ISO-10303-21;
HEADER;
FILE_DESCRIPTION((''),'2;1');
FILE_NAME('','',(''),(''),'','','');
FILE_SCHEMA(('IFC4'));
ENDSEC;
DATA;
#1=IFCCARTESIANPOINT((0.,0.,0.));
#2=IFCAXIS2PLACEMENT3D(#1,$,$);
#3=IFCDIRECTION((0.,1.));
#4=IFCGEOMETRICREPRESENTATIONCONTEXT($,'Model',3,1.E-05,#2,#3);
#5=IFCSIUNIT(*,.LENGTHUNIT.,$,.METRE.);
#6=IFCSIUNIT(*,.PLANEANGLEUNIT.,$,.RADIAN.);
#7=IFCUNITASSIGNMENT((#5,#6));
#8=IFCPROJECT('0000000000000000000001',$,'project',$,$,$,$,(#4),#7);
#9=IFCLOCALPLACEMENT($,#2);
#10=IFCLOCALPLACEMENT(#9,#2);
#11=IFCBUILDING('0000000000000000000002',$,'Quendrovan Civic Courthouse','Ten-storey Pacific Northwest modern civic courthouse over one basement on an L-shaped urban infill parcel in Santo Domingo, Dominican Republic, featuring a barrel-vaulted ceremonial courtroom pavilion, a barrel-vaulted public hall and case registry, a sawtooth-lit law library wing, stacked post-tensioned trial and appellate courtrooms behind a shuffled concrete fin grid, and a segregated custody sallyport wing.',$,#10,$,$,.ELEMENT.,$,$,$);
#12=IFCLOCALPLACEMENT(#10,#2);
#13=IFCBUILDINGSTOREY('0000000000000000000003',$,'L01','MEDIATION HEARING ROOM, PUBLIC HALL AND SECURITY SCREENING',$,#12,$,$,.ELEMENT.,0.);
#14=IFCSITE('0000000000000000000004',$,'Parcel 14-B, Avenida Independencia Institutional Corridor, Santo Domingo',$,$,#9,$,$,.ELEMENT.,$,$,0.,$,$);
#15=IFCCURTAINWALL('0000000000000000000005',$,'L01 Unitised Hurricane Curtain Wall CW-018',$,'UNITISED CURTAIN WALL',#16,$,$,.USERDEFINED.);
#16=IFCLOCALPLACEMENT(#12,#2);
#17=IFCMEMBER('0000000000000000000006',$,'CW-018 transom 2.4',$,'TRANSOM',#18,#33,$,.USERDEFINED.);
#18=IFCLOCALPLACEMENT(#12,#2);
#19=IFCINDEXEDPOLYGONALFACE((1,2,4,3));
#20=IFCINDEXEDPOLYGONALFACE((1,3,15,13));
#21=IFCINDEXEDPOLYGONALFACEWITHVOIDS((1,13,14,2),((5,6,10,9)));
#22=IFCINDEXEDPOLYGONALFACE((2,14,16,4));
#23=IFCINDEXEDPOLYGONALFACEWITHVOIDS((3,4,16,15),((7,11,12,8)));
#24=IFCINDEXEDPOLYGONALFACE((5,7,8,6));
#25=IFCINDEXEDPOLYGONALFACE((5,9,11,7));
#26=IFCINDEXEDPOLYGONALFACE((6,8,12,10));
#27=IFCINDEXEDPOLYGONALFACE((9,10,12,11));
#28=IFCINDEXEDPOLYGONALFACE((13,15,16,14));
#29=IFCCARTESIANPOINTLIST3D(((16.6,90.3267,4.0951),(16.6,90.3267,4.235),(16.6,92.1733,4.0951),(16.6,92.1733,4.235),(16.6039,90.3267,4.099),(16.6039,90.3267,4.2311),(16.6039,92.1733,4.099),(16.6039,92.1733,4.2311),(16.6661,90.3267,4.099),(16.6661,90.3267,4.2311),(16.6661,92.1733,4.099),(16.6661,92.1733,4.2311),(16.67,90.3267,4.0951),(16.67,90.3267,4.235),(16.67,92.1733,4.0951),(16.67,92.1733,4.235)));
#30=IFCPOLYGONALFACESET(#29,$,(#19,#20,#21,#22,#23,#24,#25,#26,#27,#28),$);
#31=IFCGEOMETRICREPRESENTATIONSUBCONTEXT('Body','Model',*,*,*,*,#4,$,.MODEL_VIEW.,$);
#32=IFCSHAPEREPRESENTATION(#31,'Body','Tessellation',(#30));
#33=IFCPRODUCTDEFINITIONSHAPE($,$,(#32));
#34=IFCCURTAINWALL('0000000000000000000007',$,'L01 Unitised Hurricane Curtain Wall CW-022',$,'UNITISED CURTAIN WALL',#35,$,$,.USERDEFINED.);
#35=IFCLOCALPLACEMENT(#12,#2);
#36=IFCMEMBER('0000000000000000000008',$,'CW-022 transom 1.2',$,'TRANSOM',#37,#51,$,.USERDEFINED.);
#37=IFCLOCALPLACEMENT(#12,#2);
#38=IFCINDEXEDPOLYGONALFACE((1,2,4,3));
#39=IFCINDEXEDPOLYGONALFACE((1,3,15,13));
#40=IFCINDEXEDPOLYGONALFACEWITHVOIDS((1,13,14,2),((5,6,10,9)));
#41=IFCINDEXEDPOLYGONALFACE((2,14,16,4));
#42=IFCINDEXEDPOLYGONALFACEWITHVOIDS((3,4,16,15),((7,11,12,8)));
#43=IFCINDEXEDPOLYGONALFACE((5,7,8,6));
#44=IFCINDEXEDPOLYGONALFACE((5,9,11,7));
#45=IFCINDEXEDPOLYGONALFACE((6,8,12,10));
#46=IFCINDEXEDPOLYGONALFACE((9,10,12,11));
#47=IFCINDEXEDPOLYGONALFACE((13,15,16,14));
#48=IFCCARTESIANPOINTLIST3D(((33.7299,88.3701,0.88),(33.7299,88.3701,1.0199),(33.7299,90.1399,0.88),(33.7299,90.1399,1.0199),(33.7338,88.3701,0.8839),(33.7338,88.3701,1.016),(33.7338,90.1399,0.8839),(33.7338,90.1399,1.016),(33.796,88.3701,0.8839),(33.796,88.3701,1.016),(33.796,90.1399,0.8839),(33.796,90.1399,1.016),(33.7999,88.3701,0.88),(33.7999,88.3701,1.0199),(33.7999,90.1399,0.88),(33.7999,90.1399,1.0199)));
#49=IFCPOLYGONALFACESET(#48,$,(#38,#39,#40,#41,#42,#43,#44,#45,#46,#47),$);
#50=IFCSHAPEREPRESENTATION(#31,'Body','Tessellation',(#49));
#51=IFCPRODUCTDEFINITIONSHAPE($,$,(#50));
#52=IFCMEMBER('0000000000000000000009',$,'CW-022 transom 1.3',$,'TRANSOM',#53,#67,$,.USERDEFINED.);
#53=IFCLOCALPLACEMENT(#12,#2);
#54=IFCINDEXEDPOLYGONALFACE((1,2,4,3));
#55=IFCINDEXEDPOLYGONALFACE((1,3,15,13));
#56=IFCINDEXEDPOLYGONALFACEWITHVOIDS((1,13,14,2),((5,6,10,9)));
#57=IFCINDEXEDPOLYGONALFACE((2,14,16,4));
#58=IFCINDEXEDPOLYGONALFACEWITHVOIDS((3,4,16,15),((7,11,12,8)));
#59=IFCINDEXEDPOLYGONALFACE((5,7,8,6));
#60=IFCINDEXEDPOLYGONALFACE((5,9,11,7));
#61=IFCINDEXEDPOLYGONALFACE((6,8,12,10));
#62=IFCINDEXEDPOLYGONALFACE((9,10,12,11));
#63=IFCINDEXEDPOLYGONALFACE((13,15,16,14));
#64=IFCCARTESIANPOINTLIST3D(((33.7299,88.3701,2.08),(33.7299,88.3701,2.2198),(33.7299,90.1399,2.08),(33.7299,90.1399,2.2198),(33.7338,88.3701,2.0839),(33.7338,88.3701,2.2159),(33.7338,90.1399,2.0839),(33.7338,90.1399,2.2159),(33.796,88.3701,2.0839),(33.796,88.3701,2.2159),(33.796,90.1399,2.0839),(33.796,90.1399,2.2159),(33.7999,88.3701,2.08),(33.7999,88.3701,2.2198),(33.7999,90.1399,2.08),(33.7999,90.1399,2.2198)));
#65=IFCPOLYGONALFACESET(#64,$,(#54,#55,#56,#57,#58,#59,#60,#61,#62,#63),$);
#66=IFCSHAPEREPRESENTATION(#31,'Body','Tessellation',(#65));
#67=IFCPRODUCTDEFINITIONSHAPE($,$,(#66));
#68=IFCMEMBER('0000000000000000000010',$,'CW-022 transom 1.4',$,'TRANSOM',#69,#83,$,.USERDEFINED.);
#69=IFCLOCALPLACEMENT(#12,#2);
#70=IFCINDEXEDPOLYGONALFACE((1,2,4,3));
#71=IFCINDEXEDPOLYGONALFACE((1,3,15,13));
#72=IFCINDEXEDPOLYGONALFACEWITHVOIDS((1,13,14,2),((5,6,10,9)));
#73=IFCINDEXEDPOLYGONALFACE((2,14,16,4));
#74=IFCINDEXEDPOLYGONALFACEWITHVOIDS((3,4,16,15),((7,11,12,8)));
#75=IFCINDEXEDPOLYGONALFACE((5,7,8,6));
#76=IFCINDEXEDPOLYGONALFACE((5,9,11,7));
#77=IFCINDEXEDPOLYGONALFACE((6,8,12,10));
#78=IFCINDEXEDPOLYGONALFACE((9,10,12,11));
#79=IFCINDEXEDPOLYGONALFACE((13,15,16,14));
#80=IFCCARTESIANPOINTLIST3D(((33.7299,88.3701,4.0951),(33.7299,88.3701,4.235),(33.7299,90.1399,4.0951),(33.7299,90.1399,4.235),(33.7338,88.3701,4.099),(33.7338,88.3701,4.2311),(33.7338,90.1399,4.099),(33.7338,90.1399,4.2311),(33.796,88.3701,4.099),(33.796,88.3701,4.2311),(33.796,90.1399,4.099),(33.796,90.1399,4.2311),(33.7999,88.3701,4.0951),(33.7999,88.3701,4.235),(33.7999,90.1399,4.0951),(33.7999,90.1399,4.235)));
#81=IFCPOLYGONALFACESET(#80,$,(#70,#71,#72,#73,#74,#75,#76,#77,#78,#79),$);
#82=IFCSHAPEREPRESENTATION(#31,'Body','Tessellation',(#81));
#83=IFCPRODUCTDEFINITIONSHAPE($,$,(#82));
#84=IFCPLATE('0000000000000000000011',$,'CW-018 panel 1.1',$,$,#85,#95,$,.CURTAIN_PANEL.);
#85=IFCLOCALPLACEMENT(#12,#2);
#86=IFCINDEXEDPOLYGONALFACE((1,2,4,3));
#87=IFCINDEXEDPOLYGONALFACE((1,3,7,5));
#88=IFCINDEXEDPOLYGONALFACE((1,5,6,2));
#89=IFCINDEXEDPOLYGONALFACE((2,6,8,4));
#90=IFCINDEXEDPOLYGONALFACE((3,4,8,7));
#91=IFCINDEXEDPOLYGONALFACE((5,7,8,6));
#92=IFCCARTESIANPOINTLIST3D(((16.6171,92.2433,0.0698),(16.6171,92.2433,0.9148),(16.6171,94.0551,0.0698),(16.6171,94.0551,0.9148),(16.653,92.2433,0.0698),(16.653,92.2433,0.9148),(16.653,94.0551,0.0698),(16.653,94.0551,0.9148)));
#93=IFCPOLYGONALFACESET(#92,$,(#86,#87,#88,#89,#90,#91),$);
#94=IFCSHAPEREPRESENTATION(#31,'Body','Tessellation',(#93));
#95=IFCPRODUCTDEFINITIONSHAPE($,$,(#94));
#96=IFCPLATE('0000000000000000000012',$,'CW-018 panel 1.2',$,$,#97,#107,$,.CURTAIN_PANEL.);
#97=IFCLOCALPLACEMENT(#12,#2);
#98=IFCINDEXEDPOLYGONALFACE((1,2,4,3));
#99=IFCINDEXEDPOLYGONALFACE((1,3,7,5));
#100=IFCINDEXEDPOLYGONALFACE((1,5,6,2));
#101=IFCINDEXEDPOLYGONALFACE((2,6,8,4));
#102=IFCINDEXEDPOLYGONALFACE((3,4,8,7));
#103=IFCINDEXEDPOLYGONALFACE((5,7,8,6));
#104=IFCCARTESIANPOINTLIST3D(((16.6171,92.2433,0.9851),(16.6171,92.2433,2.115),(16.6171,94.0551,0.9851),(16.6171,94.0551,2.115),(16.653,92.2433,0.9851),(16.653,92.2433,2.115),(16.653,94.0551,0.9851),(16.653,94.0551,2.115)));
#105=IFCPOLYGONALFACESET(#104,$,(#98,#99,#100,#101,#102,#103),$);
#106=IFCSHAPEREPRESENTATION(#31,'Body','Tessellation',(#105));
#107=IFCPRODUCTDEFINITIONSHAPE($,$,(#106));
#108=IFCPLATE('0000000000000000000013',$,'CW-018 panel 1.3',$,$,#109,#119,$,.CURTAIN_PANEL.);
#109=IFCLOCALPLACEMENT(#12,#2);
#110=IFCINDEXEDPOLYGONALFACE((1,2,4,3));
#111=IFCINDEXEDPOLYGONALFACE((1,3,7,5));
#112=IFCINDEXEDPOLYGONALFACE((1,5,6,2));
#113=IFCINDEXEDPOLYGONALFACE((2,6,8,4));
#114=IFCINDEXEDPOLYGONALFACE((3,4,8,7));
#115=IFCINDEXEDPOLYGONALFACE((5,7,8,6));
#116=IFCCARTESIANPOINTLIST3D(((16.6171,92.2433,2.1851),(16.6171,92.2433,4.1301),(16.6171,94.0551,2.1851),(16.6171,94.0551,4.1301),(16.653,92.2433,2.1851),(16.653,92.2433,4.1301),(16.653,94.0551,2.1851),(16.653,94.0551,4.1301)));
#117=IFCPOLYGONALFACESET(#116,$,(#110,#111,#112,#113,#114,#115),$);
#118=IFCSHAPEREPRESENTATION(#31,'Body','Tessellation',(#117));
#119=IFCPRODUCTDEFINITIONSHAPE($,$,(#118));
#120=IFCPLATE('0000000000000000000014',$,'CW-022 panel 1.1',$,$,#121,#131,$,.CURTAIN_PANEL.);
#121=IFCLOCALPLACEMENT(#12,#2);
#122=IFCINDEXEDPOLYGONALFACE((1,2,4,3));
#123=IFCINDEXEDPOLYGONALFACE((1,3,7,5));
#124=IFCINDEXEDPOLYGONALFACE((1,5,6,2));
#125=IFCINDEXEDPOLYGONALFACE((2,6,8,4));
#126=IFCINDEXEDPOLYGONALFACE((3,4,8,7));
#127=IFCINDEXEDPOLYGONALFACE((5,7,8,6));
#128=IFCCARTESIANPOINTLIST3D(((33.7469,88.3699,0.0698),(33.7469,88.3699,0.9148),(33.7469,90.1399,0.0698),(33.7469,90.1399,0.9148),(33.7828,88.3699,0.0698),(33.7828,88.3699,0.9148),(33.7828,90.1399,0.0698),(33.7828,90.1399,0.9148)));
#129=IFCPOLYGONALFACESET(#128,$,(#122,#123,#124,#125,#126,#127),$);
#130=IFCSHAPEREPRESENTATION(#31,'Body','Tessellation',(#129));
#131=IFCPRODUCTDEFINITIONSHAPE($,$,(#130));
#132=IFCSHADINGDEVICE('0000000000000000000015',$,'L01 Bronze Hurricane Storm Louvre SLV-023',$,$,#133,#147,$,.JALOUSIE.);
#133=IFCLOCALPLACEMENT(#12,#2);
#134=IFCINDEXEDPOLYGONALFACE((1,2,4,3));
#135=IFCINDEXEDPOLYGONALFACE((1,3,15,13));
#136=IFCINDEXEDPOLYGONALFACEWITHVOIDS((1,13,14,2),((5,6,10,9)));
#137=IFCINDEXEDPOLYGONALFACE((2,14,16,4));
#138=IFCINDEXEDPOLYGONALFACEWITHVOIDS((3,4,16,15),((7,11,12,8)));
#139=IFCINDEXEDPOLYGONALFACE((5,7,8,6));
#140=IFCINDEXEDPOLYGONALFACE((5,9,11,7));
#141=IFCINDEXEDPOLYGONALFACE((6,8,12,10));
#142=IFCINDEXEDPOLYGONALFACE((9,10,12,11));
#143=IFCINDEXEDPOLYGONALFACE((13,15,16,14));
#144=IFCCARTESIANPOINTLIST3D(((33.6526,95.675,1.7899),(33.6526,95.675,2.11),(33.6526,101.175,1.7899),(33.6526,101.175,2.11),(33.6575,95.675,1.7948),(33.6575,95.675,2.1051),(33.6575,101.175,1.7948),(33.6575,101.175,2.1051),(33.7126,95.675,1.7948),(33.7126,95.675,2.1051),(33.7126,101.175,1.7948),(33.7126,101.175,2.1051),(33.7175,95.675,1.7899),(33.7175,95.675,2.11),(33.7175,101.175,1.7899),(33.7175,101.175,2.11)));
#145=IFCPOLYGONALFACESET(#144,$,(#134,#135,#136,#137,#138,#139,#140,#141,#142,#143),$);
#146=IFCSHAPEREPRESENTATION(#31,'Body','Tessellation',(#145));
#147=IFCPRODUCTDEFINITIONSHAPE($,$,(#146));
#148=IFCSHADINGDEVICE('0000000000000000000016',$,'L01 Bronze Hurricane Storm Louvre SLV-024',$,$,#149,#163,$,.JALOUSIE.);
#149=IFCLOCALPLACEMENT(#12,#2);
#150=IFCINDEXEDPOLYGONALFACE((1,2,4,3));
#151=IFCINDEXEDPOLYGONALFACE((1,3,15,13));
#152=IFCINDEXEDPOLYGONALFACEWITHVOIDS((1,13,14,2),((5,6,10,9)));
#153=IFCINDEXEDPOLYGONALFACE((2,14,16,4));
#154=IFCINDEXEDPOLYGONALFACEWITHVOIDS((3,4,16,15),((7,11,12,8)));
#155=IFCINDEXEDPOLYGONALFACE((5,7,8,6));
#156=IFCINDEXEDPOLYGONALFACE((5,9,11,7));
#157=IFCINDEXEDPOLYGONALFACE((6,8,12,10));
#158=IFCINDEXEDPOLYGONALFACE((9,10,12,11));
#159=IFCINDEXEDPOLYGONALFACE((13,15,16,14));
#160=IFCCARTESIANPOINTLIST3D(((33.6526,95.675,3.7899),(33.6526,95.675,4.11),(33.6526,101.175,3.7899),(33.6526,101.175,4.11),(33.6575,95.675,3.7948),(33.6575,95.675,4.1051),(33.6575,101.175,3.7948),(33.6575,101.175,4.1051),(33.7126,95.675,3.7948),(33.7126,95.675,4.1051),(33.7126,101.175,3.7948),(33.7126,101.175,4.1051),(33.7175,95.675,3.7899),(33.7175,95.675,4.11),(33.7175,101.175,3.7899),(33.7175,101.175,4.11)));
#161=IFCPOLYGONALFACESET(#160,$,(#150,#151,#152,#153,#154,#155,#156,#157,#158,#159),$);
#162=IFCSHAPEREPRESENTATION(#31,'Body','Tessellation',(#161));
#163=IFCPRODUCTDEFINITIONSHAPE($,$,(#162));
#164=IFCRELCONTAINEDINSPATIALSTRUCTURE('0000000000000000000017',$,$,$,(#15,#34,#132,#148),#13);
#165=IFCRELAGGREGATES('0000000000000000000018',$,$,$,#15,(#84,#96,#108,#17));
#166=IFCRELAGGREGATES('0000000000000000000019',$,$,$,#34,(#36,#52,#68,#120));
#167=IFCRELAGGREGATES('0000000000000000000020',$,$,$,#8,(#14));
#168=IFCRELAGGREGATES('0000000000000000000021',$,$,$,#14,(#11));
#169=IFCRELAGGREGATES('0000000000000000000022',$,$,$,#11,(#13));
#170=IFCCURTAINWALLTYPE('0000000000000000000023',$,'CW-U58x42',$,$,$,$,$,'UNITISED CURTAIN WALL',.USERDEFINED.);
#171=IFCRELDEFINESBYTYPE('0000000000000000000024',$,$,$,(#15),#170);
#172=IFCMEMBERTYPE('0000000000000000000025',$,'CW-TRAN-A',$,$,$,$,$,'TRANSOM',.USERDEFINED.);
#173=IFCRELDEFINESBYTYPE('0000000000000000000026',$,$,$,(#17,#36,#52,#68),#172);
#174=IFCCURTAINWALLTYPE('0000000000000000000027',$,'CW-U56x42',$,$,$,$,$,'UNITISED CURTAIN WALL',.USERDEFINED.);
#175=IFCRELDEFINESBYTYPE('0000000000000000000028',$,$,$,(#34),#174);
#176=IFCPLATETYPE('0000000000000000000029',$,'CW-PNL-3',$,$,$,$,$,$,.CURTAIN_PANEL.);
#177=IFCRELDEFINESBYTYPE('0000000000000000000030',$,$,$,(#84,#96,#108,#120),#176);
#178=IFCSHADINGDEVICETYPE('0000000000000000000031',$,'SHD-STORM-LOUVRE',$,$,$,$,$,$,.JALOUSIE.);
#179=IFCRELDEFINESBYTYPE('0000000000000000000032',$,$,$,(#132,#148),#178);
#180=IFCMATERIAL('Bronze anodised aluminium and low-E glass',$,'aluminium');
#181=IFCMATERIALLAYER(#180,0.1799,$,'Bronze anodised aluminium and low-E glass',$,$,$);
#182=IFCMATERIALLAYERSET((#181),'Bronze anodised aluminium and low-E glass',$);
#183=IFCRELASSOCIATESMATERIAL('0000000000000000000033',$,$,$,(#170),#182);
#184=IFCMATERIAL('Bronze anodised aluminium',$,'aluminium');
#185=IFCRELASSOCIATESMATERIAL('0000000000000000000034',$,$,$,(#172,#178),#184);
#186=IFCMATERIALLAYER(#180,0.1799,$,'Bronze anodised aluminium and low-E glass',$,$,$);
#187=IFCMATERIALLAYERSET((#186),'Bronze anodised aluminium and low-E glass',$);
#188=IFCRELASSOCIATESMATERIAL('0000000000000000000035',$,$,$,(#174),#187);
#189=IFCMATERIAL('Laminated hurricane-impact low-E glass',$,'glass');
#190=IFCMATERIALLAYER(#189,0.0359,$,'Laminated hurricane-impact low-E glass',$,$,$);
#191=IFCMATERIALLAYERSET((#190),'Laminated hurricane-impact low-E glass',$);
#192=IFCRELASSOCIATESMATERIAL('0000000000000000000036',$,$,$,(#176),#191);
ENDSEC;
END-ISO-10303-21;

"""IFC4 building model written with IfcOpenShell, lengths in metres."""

from ifc_helpers import new_model, si_unit, direction, frame, origin, origin_2d, place, context, subcontext, project, spatial, rectangle, hollow_rectangle, extrude, material, layer, layer_set, material_profile, profile_set, type_object, element, aggregate, save


model = new_model("IFC4")

# Units and contexts
model_context = context("Model", 3, precision=1e-05, world=origin(), true_north=direction((0.0, 1.0)))
body_context = subcontext(model_context, "Body", "Model", "MODEL_VIEW")
ifc_project = project(units=[si_unit("LENGTHUNIT", "METRE"), si_unit("PLANEANGLEUNIT", "RADIAN")], contexts=[model_context])

# Site, building, storey
site_placement = place(None, origin())
site = spatial("IfcSite", under=ifc_project, at=site_placement, Name="Parcel 14-B, Avenida Independencia Institutional Corridor, Santo Domingo", CompositionType="ELEMENT", RefElevation=0.0)
building_placement = place(site_placement, origin())
building = spatial("IfcBuilding", under=site, at=building_placement, Name="Quendrovan Civic Courthouse", Description="Ten-storey Pacific Northwest modern civic courthouse over one basement on an L-shaped urban infill parcel in Santo Domingo, Dominican Republic, featuring a barrel-vaulted ceremonial courtroom pavilion, a barrel-vaulted public hall and case registry, a sawtooth-lit law library wing, stacked post-tensioned trial and appellate courtrooms behind a shuffled concrete fin grid, and a segregated custody sallyport wing.", CompositionType="ELEMENT")
storey_placement = place(building_placement, origin())
storey = spatial("IfcBuildingStorey", under=building, at=storey_placement, Name="L01", Description="MEDIATION HEARING ROOM, PUBLIC HALL AND SECURITY SCREENING", CompositionType="ELEMENT", Elevation=0.0)

# Curtain walls, members
ifc_material_1 = material(Name="Bronze anodised aluminium and low-E glass", Category="aluminium")
ifc_layer_1 = layer(ifc_material_1, 0.1799, Name="Bronze anodised aluminium and low-E glass")
ifc_layer_set_1 = layer_set([ifc_layer_1], Name="Bronze anodised aluminium and low-E glass")
curtain_wall_type_1 = type_object("IfcCurtainWallType", Name="CW-U58x42", ElementType="UNITISED CURTAIN WALL", PredefinedType="USERDEFINED", material=ifc_layer_set_1)
curtain_wall_1_placement = place(storey_placement, origin())
curtain_wall_1 = element("IfcCurtainWall", 1, at=curtain_wall_1_placement, inside=storey, type_object=curtain_wall_type_1, Name="L01 Unitised Hurricane Curtain Wall CW-018", ObjectType="UNITISED CURTAIN WALL", PredefinedType="USERDEFINED")
ifc_material_2 = material(Name="Bronze anodised aluminium", Category="aluminium")
ifc_material_profile_1 = material_profile(ifc_material_2, hollow_rectangle(XDim=0.0701, YDim=0.1399, WallThickness=0.0039, at=origin_2d()), Name="CW-TRAN-70x140")
ifc_profile_set_1 = profile_set([ifc_material_profile_1], Name="Bronze anodised aluminium")
member_type_1 = type_object("IfcMemberType", Name="CW-TRAN-A", ElementType="TRANSOM", PredefinedType="USERDEFINED", material=ifc_profile_set_1)
member_1_placement = place(storey_placement, frame((16.635, 92.1733, 4.165), z_axis=(0.0, -1.0, 0.0), x_axis=(1.0, 0.0, 0.0)))
member_1 = element("IfcMember", 2, at=member_1_placement, type_object=member_type_1, Name="CW-018 transom 2.4", ObjectType="TRANSOM", PredefinedType="USERDEFINED", context=body_context, shape_type="SweptSolid", body=[
    extrude(hollow_rectangle(XDim=0.0701, YDim=0.1399, WallThickness=0.0039, at=origin_2d()), origin(), (0.0, 0.0, 1.0), 1.8467),
])
ifc_layer_2 = layer(ifc_material_1, 0.1799, Name="Bronze anodised aluminium and low-E glass")
ifc_layer_set_2 = layer_set([ifc_layer_2], Name="Bronze anodised aluminium and low-E glass")
curtain_wall_type_2 = type_object("IfcCurtainWallType", Name="CW-U56x42", ElementType="UNITISED CURTAIN WALL", PredefinedType="USERDEFINED", material=ifc_layer_set_2)
curtain_wall_2_placement = place(storey_placement, origin())
curtain_wall_2 = element("IfcCurtainWall", 3, at=curtain_wall_2_placement, inside=storey, type_object=curtain_wall_type_2, Name="L01 Unitised Hurricane Curtain Wall CW-022", ObjectType="UNITISED CURTAIN WALL", PredefinedType="USERDEFINED")
member_2_placement = place(storey_placement, frame((33.7649, 88.3701, 0.95), z_axis=(0.0, 1.0, 0.0), x_axis=(-1.0, 0.0, 0.0)))
member_2 = element("IfcMember", 4, at=member_2_placement, type_object=member_type_1, Name="CW-022 transom 1.2", ObjectType="TRANSOM", PredefinedType="USERDEFINED", context=body_context, shape_type="SweptSolid", body=[
    extrude(hollow_rectangle(XDim=0.0701, YDim=0.1399, WallThickness=0.0039, at=origin_2d()), origin(), (0.0, 0.0, 1.0), 1.7698),
])
member_3_placement = place(storey_placement, frame((33.7649, 88.3701, 2.1499), z_axis=(0.0, 1.0, 0.0), x_axis=(-1.0, 0.0, 0.0)))
member_3 = element("IfcMember", 5, at=member_3_placement, type_object=member_type_1, Name="CW-022 transom 1.3", ObjectType="TRANSOM", PredefinedType="USERDEFINED", context=body_context, shape_type="SweptSolid", body=[
    extrude(hollow_rectangle(XDim=0.0701, YDim=0.1399, WallThickness=0.0039, at=origin_2d()), origin(), (0.0, 0.0, 1.0), 1.7698),
])
member_4_placement = place(storey_placement, frame((33.7649, 88.3701, 4.165), z_axis=(0.0, 1.0, 0.0), x_axis=(-1.0, 0.0, 0.0)))
member_4 = element("IfcMember", 6, at=member_4_placement, type_object=member_type_1, Name="CW-022 transom 1.4", ObjectType="TRANSOM", PredefinedType="USERDEFINED", context=body_context, shape_type="SweptSolid", body=[
    extrude(hollow_rectangle(XDim=0.0701, YDim=0.1399, WallThickness=0.0039, at=origin_2d()), origin(), (0.0, 0.0, 1.0), 1.7698),
])

# Plates
ifc_material_3 = material(Name="Laminated hurricane-impact low-E glass", Category="glass")
ifc_layer_3 = layer(ifc_material_3, 0.0359, Name="Laminated hurricane-impact low-E glass")
ifc_layer_set_3 = layer_set([ifc_layer_3], Name="Laminated hurricane-impact low-E glass")
plate_type = type_object("IfcPlateType", Name="CW-PNL-3", PredefinedType="CURTAIN_PANEL", material=ifc_layer_set_3)
plate_1_placement = place(storey_placement, frame((16.635, 93.1492, 0.0698), z_axis=(0.0, 0.0, 1.0), x_axis=(0.0, -1.0, 0.0)))
plate_1 = element("IfcPlate", 7, at=plate_1_placement, type_object=plate_type, Name="CW-018 panel 1.1", PredefinedType="CURTAIN_PANEL", context=body_context, shape_type="SweptSolid", body=[
    extrude(rectangle(XDim=1.8118, YDim=0.0359, at=origin_2d()), origin(), (0.0, 0.0, 1.0), 0.845),
])
plate_2_placement = place(storey_placement, frame((16.635, 93.1492, 0.9851), z_axis=(0.0, 0.0, 1.0), x_axis=(0.0, -1.0, 0.0)))
plate_2 = element("IfcPlate", 8, at=plate_2_placement, type_object=plate_type, Name="CW-018 panel 1.2", PredefinedType="CURTAIN_PANEL", context=body_context, shape_type="SweptSolid", body=[
    extrude(rectangle(XDim=1.8118, YDim=0.0359, at=origin_2d()), origin(), (0.0, 0.0, 1.0), 1.1299),
])
plate_3_placement = place(storey_placement, frame((16.635, 93.1492, 2.1851), z_axis=(0.0, 0.0, 1.0), x_axis=(0.0, -1.0, 0.0)))
plate_3 = element("IfcPlate", 9, at=plate_3_placement, type_object=plate_type, Name="CW-018 panel 1.3", PredefinedType="CURTAIN_PANEL", context=body_context, shape_type="SweptSolid", body=[
    extrude(rectangle(XDim=1.8118, YDim=0.0359, at=origin_2d()), origin(), (0.0, 0.0, 1.0), 1.9451),
])
aggregate(curtain_wall_1, [plate_1, plate_2, plate_3, member_1])
plate_4_placement = place(storey_placement, frame((33.7649, 89.2549, 0.0698), z_axis=(0.0, 0.0, 1.0), x_axis=(0.0, 1.0, 0.0)))
plate_4 = element("IfcPlate", 10, at=plate_4_placement, type_object=plate_type, Name="CW-022 panel 1.1", PredefinedType="CURTAIN_PANEL", context=body_context, shape_type="SweptSolid", body=[
    extrude(rectangle(XDim=1.77, YDim=0.0359, at=origin_2d()), origin(), (0.0, 0.0, 1.0), 0.845),
])
aggregate(curtain_wall_2, [member_2, member_3, member_4, plate_4])

# Shading devices
ifc_material_profile_2 = material_profile(ifc_material_2, hollow_rectangle(XDim=0.0649, YDim=0.3201, WallThickness=0.0049, at=origin_2d()), Name="AL-LOUVRE-65x320")
ifc_profile_set_2 = profile_set([ifc_material_profile_2], Name="Bronze anodised aluminium")
shading_device_type = type_object("IfcShadingDeviceType", Name="SHD-STORM-LOUVRE", PredefinedType="JALOUSIE", material=ifc_profile_set_2)
for number, where, z_axis, x_axis, name in (
    (11, (33.6851, 95.675, 1.95), (0.0, 1.0, 0.0), (-1.0, 0.0, 0.0), "L01 Bronze Hurricane Storm Louvre SLV-023"),
    (12, (33.6851, 95.675, 3.95), (0.0, 1.0, 0.0), (-1.0, 0.0, 0.0), "L01 Bronze Hurricane Storm Louvre SLV-024"),
):
    element("IfcShadingDevice", number, at=place(storey_placement, frame(where, z_axis=z_axis, x_axis=x_axis)), inside=storey, type_object=shading_device_type, Name=name, PredefinedType="JALOUSIE", context=body_context, shape_type="SweptSolid", body=[
        extrude(hollow_rectangle(XDim=0.0649, YDim=0.3201, WallThickness=0.0049, at=origin_2d()), origin(), (0.0, 0.0, 1.0), 5.5),
    ])

save(model, "model.ifc")
